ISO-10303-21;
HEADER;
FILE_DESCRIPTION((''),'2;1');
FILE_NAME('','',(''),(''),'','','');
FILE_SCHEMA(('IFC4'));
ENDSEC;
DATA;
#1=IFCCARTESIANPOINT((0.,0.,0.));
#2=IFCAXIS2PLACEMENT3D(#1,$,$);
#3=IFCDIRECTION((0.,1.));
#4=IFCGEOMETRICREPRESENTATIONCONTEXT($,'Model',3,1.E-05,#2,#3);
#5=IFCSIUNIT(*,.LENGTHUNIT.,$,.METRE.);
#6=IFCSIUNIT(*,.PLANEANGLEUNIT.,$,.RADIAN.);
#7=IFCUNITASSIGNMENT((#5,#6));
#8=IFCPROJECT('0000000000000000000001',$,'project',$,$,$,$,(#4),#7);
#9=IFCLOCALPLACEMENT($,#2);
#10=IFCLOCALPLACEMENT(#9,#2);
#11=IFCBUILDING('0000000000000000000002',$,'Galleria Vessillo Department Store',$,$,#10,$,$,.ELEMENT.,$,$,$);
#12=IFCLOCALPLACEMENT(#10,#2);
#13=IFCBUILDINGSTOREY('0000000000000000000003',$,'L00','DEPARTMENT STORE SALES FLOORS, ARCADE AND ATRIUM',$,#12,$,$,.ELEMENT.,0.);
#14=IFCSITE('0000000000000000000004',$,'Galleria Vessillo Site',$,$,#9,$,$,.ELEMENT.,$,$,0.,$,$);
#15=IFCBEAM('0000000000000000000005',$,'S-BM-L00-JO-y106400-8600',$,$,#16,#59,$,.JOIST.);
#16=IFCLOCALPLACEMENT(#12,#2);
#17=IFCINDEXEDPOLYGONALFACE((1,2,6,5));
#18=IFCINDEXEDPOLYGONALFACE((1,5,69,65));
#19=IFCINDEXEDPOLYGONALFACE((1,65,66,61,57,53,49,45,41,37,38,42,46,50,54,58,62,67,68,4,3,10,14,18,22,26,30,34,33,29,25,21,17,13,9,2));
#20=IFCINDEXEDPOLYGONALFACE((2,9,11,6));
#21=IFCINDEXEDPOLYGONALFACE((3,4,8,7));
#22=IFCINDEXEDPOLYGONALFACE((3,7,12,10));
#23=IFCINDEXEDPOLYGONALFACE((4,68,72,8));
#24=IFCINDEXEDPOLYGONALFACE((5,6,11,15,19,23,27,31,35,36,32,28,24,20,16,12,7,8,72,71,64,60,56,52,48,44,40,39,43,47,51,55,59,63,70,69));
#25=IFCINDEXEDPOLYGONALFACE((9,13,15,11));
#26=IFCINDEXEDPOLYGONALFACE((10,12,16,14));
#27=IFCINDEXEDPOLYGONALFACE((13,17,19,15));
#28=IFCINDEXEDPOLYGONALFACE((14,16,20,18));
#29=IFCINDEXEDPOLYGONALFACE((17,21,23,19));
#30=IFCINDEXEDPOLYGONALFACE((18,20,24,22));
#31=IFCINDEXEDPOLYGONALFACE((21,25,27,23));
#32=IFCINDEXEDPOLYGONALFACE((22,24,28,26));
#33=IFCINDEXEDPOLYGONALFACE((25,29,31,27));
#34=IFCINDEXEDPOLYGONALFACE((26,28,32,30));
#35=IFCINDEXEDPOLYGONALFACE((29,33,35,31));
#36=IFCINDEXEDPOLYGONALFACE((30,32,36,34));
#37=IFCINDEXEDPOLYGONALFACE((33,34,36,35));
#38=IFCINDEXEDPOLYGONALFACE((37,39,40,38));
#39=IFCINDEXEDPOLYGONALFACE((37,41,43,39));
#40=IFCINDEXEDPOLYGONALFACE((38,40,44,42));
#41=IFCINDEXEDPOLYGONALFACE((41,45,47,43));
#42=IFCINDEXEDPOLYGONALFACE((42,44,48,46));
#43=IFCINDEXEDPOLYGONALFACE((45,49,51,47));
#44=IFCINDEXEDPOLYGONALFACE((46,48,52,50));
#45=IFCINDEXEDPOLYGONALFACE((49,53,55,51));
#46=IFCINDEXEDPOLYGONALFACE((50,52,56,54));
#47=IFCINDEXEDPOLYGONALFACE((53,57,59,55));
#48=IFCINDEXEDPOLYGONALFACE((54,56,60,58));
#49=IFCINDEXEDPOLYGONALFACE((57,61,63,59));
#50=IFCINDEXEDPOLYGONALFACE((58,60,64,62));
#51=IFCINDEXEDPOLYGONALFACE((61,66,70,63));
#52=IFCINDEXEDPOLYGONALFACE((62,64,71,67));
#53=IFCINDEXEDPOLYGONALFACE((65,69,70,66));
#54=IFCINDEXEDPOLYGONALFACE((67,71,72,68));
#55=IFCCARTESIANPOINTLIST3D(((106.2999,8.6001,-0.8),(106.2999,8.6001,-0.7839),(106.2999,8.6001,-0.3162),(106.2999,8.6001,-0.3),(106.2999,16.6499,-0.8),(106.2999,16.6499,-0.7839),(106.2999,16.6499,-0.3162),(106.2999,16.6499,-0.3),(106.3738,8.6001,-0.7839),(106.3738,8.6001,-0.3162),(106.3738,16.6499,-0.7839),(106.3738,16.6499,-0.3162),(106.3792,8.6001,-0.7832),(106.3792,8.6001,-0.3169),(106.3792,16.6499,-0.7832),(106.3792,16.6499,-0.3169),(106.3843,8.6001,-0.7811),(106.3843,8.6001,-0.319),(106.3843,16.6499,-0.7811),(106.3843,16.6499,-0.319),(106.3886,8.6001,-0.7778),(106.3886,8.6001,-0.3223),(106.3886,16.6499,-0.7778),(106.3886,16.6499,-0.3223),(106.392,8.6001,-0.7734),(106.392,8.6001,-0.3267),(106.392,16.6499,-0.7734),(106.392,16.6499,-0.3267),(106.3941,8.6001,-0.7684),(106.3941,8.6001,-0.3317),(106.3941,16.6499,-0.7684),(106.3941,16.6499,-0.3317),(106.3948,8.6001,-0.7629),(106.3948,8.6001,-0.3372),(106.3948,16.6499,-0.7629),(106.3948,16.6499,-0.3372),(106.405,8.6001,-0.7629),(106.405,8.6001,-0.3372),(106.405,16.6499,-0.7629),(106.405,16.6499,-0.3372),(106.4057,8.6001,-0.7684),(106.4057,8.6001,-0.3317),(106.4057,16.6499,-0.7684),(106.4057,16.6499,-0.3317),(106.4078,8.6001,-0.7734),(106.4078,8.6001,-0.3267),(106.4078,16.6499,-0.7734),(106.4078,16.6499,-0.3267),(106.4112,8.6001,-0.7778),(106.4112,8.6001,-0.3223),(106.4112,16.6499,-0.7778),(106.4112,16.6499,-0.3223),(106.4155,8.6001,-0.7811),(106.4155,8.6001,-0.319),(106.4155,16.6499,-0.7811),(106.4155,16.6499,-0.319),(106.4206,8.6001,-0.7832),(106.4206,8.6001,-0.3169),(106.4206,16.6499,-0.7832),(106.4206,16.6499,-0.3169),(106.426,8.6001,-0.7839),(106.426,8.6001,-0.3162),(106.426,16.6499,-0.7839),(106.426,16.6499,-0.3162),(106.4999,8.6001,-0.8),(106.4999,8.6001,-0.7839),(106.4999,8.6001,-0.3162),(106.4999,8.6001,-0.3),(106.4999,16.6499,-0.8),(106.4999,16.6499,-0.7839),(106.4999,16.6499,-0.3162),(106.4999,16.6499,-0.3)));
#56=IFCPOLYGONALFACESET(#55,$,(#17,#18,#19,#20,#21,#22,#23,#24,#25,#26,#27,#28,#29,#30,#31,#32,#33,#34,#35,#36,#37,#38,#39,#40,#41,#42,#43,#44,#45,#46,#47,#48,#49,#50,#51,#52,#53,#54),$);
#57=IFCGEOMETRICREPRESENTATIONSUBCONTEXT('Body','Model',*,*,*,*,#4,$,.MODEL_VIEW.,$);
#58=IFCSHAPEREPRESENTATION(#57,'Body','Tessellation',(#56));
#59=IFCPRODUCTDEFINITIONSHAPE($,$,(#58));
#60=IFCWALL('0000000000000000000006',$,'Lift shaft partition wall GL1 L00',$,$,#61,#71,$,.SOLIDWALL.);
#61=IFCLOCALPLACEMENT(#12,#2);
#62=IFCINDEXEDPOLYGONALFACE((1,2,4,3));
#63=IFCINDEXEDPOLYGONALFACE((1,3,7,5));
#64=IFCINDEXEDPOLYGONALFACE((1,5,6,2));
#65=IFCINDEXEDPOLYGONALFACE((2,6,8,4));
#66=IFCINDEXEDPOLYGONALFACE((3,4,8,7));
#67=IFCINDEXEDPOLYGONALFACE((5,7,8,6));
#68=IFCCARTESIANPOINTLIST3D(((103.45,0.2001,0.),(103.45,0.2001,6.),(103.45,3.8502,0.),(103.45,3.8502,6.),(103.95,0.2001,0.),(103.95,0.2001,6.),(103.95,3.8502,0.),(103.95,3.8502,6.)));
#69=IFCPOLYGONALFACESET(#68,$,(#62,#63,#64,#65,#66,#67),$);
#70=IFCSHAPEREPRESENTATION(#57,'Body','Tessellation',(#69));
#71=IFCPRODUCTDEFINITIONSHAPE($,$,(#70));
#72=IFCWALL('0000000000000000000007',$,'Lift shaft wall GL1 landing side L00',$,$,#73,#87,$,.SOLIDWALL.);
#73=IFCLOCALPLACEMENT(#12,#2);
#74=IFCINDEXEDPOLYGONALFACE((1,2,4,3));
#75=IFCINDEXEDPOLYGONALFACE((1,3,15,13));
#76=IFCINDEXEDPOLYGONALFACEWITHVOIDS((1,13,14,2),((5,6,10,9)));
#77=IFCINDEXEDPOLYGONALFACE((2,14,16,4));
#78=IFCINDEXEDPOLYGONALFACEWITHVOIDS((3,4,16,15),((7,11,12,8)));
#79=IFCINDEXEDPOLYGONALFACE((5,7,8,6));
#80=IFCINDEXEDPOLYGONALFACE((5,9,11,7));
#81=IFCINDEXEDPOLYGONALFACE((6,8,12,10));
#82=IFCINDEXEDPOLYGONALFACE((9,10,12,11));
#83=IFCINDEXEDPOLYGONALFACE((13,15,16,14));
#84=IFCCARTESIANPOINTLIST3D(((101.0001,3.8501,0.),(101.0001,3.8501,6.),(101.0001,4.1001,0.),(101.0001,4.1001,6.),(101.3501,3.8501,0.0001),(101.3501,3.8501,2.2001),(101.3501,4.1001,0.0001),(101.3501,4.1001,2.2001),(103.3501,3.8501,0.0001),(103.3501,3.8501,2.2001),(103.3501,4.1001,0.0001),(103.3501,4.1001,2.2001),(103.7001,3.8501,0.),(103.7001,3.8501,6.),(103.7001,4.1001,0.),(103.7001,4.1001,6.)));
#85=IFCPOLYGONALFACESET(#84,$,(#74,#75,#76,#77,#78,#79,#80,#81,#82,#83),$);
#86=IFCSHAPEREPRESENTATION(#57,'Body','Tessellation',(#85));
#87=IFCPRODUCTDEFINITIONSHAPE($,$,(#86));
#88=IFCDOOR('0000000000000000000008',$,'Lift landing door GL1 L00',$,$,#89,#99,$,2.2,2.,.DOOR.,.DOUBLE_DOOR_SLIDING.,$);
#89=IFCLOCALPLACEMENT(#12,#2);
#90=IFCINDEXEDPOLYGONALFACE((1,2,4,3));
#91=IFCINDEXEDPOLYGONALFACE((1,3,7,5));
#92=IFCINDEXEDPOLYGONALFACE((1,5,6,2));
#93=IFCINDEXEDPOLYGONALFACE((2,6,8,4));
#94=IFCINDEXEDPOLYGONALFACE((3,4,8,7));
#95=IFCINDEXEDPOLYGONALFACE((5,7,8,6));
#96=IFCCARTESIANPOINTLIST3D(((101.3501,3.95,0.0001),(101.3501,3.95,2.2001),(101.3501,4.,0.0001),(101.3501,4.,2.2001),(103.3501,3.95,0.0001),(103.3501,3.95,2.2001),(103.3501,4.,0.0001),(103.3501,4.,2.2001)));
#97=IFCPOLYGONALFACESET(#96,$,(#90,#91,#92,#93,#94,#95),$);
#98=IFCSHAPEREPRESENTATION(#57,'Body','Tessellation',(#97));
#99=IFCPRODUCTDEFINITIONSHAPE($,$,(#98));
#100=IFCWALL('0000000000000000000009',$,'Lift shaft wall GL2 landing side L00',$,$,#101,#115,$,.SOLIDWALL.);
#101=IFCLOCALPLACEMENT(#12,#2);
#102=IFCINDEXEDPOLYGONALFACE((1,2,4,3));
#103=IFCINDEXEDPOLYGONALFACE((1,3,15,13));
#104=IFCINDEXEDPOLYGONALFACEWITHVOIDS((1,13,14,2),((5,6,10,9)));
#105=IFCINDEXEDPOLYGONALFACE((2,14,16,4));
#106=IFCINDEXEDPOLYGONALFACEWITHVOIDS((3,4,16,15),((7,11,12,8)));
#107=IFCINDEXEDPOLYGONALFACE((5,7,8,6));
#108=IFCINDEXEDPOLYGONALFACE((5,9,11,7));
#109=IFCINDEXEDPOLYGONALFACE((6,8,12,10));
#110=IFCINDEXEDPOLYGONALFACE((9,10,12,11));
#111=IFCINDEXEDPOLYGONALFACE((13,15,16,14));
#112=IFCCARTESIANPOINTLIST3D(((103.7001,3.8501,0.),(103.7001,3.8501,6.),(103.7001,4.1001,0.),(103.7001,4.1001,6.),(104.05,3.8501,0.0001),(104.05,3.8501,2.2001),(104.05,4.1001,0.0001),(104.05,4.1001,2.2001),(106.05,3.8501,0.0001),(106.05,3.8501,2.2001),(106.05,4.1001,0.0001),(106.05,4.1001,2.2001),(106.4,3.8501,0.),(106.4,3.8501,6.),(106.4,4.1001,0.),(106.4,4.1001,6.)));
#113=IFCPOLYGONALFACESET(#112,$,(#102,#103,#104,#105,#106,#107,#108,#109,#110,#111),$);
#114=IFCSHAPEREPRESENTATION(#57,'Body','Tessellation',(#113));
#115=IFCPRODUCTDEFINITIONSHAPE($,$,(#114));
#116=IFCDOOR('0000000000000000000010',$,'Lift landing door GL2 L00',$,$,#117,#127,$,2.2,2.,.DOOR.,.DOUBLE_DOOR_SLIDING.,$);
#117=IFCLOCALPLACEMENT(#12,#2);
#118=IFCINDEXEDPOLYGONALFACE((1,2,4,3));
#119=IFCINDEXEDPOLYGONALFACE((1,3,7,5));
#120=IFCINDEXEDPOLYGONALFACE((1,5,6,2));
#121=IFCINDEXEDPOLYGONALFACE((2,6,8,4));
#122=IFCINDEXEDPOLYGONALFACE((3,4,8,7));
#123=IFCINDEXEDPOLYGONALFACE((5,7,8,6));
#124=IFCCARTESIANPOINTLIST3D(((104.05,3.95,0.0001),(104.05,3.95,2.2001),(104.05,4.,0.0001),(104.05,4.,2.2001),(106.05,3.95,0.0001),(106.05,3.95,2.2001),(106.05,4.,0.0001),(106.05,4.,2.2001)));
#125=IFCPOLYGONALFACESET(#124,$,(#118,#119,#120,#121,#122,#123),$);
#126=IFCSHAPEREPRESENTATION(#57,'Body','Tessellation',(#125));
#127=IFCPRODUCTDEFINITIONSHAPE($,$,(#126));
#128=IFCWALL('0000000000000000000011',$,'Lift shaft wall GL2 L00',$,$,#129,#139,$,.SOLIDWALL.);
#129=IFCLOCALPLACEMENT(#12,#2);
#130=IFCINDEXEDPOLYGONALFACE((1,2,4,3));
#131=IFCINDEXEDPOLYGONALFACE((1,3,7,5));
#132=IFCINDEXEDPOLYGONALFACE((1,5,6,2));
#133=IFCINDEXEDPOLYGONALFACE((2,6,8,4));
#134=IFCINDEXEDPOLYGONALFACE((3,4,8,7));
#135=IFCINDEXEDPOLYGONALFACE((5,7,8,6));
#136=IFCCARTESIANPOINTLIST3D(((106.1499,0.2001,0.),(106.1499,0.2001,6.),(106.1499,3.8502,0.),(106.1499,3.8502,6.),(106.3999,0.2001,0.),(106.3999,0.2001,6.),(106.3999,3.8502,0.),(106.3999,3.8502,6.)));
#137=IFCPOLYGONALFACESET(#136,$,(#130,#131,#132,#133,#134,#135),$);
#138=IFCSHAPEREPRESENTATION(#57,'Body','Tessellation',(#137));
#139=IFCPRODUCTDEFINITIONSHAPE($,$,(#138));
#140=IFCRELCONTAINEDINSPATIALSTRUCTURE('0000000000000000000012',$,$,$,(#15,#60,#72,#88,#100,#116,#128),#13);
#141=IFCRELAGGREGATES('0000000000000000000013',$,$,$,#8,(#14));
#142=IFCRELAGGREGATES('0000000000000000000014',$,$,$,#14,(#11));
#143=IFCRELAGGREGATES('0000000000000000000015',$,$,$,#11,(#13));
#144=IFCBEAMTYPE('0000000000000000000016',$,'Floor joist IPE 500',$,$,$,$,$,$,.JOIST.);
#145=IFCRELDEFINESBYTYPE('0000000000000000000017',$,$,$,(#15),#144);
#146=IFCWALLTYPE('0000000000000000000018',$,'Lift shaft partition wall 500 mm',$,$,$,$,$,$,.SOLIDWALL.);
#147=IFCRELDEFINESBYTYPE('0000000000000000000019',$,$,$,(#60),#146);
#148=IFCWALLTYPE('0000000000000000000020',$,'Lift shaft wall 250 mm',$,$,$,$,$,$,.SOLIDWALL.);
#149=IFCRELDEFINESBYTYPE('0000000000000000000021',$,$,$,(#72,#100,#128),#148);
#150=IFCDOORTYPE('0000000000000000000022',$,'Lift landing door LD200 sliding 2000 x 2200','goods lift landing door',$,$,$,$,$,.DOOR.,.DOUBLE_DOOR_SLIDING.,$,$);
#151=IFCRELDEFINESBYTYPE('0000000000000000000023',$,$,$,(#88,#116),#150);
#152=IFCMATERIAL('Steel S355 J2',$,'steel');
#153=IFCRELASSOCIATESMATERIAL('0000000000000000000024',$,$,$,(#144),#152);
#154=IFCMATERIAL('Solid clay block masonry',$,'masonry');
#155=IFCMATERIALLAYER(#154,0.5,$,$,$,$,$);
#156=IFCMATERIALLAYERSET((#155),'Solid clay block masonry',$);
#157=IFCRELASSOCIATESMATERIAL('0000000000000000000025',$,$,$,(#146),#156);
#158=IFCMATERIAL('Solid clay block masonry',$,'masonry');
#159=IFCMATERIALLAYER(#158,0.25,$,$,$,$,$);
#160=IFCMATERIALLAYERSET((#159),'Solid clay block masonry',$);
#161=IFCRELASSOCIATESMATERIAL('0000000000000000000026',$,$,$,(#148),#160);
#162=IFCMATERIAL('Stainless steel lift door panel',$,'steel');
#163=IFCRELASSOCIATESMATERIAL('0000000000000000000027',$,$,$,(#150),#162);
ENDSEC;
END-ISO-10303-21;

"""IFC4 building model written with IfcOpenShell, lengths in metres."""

from ifc_helpers import new_model, si_unit, direction, frame, frame_2d, origin, origin_2d, place, context, subcontext, project, spatial, rectangle, i_section, extrude, material, layer, layer_set, material_profile, profile_set, type_object, element, fill, save


model = new_model("IFC4")

# Units and contexts
model_context = context("Model", 3, precision=1e-05, world=origin(), true_north=direction((0.0, 1.0)))
body_context = subcontext(model_context, "Body", "Model", "MODEL_VIEW")
ifc_project = project(units=[si_unit("LENGTHUNIT", "METRE"), si_unit("PLANEANGLEUNIT", "RADIAN")], contexts=[model_context])

# Site, building, storey
site_placement = place(None, origin())
site = spatial("IfcSite", under=ifc_project, at=site_placement, Name="Galleria Vessillo Site", CompositionType="ELEMENT", RefElevation=0.0)
building_placement = place(site_placement, origin())
building = spatial("IfcBuilding", under=site, at=building_placement, Name="Galleria Vessillo Department Store", CompositionType="ELEMENT")
storey_placement = place(building_placement, origin())
storey = spatial("IfcBuildingStorey", under=building, at=storey_placement, Name="L00", Description="DEPARTMENT STORE SALES FLOORS, ARCADE AND ATRIUM", CompositionType="ELEMENT", Elevation=0.0)

# Beam
ifc_material_1 = material(Name="Steel S355 J2", Category="steel")
ifc_material_profile_1 = material_profile(ifc_material_1, i_section(OverallWidth=0.2, OverallDepth=0.5, WebThickness=0.0103, FlangeThickness=0.0161, FilletRadius=0.021, at=origin_2d()), Name="IPE 500")
ifc_profile_set_1 = profile_set([ifc_material_profile_1], Name="Steel S355 J2")
beam_type_1 = type_object("IfcBeamType", Name="Floor joist IPE 500", PredefinedType="JOIST", material=ifc_profile_set_1)
for number, where, z_axis, x_axis, name in (
    (1, (106.3999, 8.6001, -0.55), (0.0, 1.0, 0.0), (-1.0, 0.0, 0.0), "S-BM-L00-JO-y106400-8600"),
):
    element("IfcBeam", number, at=place(storey_placement, frame(where, z_axis=z_axis, x_axis=x_axis)), inside=storey, type_object=beam_type_1, Name=name, PredefinedType="JOIST", context=body_context, shape_type="SweptSolid", body=[
        extrude(i_section(OverallWidth=0.2, OverallDepth=0.5, WebThickness=0.0103, FlangeThickness=0.0161, FilletRadius=0.021, at=origin_2d()), origin(), (0.0, 0.0, 1.0), 8.0498),
    ])

# Wall
ifc_material_2 = material(Name="Solid clay block masonry", Category="masonry")
ifc_layer_1 = layer(ifc_material_2, 0.5)
ifc_layer_set_1 = layer_set([ifc_layer_1], Name="Solid clay block masonry")
wall_type_1 = type_object("IfcWallType", Name="Lift shaft partition wall 500 mm", PredefinedType="SOLIDWALL", material=ifc_layer_set_1)
wall_1_placement = place(storey_placement, frame((103.7, 0.2, 0.0), z_axis=(0.0, 0.0, 1.0), x_axis=(0.0, 1.0, 0.0)))
element("IfcWall", 2, at=wall_1_placement, inside=storey, type_object=wall_type_1, Name="Lift shaft partition wall GL1 L00", PredefinedType="SOLIDWALL", context=body_context, shape_type="SweptSolid", body=[
    extrude(rectangle(XDim=3.6501, YDim=0.5, at=frame_2d((1.8252, 0.0))), origin(), (0.0, 0.0, 1.0), 6.0),
])

# Walls, openings, doors
ifc_material_3 = material(Name="Solid clay block masonry", Category="masonry")
ifc_layer_2 = layer(ifc_material_3, 0.25)
ifc_layer_set_2 = layer_set([ifc_layer_2], Name="Solid clay block masonry")
wall_type_2 = type_object("IfcWallType", Name="Lift shaft wall 250 mm", PredefinedType="SOLIDWALL", material=ifc_layer_set_2)
wall_2_placement = place(storey_placement, frame((101.0, 3.9751, 0.0), z_axis=(0.0, 0.0, 1.0), x_axis=(1.0, 0.0, 0.0)))
wall_2 = element("IfcWall", 3, at=wall_2_placement, inside=storey, type_object=wall_type_2, Name="Lift shaft wall GL1 landing side L00", PredefinedType="SOLIDWALL", context=body_context, shape_type="SweptSolid", body=[
    extrude(rectangle(XDim=2.7, YDim=0.25, at=frame_2d((1.3501, 0.0))), origin(), (0.0, 0.0, 1.0), 6.0),
])
opening_1_placement = place(wall_2_placement, frame((0.3501, 0.0, 0.0)))
opening_1 = element("IfcOpeningElement", 4, at=opening_1_placement, cuts=wall_2, PredefinedType="OPENING", context=body_context, shape_type="SweptSolid", body=[
    extrude(rectangle(XDim=2.0, YDim=2.2, at=frame_2d((1.0, 1.1001))), frame((0.0, 0.135, 0.0), z_axis=(0.0, -1.0, 0.0), x_axis=(1.0, 0.0, 0.0)), (0.0, 0.0, 1.0), 0.27),
])
ifc_material_4 = material(Name="Stainless steel lift door panel", Category="steel")
door_type_1 = type_object("IfcDoorType", Name="Lift landing door LD200 sliding 2000 x 2200", Description="goods lift landing door", OperationType="DOUBLE_DOOR_SLIDING", PredefinedType="DOOR", material=ifc_material_4)
door_1_placement = place(opening_1_placement, origin())
door_1 = element("IfcDoor", 5, at=door_1_placement, inside=storey, type_object=door_type_1, Name="Lift landing door GL1 L00", OperationType="DOUBLE_DOOR_SLIDING", OverallHeight=2.2, OverallWidth=2.0, PredefinedType="DOOR", context=body_context, shape_type="SweptSolid", body=[
    extrude(rectangle(XDim=2.0, YDim=2.2, at=frame_2d((1.0, 1.1001))), frame((0.0, 0.0249, 0.0), z_axis=(0.0, -1.0, 0.0), x_axis=(1.0, 0.0, 0.0)), (0.0, 0.0, 1.0), 0.05),
])
fill(opening_1, door_1)
wall_3_placement = place(storey_placement, frame((103.7, 3.9751, 0.0), z_axis=(0.0, 0.0, 1.0), x_axis=(1.0, 0.0, 0.0)))
wall_3 = element("IfcWall", 6, at=wall_3_placement, inside=storey, type_object=wall_type_2, Name="Lift shaft wall GL2 landing side L00", PredefinedType="SOLIDWALL", context=body_context, shape_type="SweptSolid", body=[
    extrude(rectangle(XDim=2.7, YDim=0.25, at=frame_2d((1.3501, 0.0))), origin(), (0.0, 0.0, 1.0), 6.0),
])
opening_2_placement = place(wall_3_placement, frame((0.3501, 0.0, 0.0)))
opening_2 = element("IfcOpeningElement", 7, at=opening_2_placement, cuts=wall_3, PredefinedType="OPENING", context=body_context, shape_type="SweptSolid", body=[
    extrude(rectangle(XDim=2.0, YDim=2.2, at=frame_2d((1.0, 1.1001))), frame((0.0, 0.135, 0.0), z_axis=(0.0, -1.0, 0.0), x_axis=(1.0, 0.0, 0.0)), (0.0, 0.0, 1.0), 0.27),
])
door_2_placement = place(opening_2_placement, origin())
door_2 = element("IfcDoor", 8, at=door_2_placement, inside=storey, type_object=door_type_1, Name="Lift landing door GL2 L00", OperationType="DOUBLE_DOOR_SLIDING", OverallHeight=2.2, OverallWidth=2.0, PredefinedType="DOOR", context=body_context, shape_type="SweptSolid", body=[
    extrude(rectangle(XDim=2.0, YDim=2.2, at=frame_2d((1.0, 1.1001))), frame((0.0, 0.0249, 0.0), z_axis=(0.0, -1.0, 0.0), x_axis=(1.0, 0.0, 0.0)), (0.0, 0.0, 1.0), 0.05),
])
fill(opening_2, door_2)

# Wall
wall_4_placement = place(storey_placement, frame((106.2749, 0.2, 0.0), z_axis=(0.0, 0.0, 1.0), x_axis=(0.0, 1.0, 0.0)))
element("IfcWall", 9, at=wall_4_placement, inside=storey, type_object=wall_type_2, Name="Lift shaft wall GL2 L00", PredefinedType="SOLIDWALL", context=body_context, shape_type="SweptSolid", body=[
    extrude(rectangle(XDim=3.6501, YDim=0.25, at=frame_2d((1.8252, 0.0))), origin(), (0.0, 0.0, 1.0), 6.0),
])

save(model, "model.ifc")
